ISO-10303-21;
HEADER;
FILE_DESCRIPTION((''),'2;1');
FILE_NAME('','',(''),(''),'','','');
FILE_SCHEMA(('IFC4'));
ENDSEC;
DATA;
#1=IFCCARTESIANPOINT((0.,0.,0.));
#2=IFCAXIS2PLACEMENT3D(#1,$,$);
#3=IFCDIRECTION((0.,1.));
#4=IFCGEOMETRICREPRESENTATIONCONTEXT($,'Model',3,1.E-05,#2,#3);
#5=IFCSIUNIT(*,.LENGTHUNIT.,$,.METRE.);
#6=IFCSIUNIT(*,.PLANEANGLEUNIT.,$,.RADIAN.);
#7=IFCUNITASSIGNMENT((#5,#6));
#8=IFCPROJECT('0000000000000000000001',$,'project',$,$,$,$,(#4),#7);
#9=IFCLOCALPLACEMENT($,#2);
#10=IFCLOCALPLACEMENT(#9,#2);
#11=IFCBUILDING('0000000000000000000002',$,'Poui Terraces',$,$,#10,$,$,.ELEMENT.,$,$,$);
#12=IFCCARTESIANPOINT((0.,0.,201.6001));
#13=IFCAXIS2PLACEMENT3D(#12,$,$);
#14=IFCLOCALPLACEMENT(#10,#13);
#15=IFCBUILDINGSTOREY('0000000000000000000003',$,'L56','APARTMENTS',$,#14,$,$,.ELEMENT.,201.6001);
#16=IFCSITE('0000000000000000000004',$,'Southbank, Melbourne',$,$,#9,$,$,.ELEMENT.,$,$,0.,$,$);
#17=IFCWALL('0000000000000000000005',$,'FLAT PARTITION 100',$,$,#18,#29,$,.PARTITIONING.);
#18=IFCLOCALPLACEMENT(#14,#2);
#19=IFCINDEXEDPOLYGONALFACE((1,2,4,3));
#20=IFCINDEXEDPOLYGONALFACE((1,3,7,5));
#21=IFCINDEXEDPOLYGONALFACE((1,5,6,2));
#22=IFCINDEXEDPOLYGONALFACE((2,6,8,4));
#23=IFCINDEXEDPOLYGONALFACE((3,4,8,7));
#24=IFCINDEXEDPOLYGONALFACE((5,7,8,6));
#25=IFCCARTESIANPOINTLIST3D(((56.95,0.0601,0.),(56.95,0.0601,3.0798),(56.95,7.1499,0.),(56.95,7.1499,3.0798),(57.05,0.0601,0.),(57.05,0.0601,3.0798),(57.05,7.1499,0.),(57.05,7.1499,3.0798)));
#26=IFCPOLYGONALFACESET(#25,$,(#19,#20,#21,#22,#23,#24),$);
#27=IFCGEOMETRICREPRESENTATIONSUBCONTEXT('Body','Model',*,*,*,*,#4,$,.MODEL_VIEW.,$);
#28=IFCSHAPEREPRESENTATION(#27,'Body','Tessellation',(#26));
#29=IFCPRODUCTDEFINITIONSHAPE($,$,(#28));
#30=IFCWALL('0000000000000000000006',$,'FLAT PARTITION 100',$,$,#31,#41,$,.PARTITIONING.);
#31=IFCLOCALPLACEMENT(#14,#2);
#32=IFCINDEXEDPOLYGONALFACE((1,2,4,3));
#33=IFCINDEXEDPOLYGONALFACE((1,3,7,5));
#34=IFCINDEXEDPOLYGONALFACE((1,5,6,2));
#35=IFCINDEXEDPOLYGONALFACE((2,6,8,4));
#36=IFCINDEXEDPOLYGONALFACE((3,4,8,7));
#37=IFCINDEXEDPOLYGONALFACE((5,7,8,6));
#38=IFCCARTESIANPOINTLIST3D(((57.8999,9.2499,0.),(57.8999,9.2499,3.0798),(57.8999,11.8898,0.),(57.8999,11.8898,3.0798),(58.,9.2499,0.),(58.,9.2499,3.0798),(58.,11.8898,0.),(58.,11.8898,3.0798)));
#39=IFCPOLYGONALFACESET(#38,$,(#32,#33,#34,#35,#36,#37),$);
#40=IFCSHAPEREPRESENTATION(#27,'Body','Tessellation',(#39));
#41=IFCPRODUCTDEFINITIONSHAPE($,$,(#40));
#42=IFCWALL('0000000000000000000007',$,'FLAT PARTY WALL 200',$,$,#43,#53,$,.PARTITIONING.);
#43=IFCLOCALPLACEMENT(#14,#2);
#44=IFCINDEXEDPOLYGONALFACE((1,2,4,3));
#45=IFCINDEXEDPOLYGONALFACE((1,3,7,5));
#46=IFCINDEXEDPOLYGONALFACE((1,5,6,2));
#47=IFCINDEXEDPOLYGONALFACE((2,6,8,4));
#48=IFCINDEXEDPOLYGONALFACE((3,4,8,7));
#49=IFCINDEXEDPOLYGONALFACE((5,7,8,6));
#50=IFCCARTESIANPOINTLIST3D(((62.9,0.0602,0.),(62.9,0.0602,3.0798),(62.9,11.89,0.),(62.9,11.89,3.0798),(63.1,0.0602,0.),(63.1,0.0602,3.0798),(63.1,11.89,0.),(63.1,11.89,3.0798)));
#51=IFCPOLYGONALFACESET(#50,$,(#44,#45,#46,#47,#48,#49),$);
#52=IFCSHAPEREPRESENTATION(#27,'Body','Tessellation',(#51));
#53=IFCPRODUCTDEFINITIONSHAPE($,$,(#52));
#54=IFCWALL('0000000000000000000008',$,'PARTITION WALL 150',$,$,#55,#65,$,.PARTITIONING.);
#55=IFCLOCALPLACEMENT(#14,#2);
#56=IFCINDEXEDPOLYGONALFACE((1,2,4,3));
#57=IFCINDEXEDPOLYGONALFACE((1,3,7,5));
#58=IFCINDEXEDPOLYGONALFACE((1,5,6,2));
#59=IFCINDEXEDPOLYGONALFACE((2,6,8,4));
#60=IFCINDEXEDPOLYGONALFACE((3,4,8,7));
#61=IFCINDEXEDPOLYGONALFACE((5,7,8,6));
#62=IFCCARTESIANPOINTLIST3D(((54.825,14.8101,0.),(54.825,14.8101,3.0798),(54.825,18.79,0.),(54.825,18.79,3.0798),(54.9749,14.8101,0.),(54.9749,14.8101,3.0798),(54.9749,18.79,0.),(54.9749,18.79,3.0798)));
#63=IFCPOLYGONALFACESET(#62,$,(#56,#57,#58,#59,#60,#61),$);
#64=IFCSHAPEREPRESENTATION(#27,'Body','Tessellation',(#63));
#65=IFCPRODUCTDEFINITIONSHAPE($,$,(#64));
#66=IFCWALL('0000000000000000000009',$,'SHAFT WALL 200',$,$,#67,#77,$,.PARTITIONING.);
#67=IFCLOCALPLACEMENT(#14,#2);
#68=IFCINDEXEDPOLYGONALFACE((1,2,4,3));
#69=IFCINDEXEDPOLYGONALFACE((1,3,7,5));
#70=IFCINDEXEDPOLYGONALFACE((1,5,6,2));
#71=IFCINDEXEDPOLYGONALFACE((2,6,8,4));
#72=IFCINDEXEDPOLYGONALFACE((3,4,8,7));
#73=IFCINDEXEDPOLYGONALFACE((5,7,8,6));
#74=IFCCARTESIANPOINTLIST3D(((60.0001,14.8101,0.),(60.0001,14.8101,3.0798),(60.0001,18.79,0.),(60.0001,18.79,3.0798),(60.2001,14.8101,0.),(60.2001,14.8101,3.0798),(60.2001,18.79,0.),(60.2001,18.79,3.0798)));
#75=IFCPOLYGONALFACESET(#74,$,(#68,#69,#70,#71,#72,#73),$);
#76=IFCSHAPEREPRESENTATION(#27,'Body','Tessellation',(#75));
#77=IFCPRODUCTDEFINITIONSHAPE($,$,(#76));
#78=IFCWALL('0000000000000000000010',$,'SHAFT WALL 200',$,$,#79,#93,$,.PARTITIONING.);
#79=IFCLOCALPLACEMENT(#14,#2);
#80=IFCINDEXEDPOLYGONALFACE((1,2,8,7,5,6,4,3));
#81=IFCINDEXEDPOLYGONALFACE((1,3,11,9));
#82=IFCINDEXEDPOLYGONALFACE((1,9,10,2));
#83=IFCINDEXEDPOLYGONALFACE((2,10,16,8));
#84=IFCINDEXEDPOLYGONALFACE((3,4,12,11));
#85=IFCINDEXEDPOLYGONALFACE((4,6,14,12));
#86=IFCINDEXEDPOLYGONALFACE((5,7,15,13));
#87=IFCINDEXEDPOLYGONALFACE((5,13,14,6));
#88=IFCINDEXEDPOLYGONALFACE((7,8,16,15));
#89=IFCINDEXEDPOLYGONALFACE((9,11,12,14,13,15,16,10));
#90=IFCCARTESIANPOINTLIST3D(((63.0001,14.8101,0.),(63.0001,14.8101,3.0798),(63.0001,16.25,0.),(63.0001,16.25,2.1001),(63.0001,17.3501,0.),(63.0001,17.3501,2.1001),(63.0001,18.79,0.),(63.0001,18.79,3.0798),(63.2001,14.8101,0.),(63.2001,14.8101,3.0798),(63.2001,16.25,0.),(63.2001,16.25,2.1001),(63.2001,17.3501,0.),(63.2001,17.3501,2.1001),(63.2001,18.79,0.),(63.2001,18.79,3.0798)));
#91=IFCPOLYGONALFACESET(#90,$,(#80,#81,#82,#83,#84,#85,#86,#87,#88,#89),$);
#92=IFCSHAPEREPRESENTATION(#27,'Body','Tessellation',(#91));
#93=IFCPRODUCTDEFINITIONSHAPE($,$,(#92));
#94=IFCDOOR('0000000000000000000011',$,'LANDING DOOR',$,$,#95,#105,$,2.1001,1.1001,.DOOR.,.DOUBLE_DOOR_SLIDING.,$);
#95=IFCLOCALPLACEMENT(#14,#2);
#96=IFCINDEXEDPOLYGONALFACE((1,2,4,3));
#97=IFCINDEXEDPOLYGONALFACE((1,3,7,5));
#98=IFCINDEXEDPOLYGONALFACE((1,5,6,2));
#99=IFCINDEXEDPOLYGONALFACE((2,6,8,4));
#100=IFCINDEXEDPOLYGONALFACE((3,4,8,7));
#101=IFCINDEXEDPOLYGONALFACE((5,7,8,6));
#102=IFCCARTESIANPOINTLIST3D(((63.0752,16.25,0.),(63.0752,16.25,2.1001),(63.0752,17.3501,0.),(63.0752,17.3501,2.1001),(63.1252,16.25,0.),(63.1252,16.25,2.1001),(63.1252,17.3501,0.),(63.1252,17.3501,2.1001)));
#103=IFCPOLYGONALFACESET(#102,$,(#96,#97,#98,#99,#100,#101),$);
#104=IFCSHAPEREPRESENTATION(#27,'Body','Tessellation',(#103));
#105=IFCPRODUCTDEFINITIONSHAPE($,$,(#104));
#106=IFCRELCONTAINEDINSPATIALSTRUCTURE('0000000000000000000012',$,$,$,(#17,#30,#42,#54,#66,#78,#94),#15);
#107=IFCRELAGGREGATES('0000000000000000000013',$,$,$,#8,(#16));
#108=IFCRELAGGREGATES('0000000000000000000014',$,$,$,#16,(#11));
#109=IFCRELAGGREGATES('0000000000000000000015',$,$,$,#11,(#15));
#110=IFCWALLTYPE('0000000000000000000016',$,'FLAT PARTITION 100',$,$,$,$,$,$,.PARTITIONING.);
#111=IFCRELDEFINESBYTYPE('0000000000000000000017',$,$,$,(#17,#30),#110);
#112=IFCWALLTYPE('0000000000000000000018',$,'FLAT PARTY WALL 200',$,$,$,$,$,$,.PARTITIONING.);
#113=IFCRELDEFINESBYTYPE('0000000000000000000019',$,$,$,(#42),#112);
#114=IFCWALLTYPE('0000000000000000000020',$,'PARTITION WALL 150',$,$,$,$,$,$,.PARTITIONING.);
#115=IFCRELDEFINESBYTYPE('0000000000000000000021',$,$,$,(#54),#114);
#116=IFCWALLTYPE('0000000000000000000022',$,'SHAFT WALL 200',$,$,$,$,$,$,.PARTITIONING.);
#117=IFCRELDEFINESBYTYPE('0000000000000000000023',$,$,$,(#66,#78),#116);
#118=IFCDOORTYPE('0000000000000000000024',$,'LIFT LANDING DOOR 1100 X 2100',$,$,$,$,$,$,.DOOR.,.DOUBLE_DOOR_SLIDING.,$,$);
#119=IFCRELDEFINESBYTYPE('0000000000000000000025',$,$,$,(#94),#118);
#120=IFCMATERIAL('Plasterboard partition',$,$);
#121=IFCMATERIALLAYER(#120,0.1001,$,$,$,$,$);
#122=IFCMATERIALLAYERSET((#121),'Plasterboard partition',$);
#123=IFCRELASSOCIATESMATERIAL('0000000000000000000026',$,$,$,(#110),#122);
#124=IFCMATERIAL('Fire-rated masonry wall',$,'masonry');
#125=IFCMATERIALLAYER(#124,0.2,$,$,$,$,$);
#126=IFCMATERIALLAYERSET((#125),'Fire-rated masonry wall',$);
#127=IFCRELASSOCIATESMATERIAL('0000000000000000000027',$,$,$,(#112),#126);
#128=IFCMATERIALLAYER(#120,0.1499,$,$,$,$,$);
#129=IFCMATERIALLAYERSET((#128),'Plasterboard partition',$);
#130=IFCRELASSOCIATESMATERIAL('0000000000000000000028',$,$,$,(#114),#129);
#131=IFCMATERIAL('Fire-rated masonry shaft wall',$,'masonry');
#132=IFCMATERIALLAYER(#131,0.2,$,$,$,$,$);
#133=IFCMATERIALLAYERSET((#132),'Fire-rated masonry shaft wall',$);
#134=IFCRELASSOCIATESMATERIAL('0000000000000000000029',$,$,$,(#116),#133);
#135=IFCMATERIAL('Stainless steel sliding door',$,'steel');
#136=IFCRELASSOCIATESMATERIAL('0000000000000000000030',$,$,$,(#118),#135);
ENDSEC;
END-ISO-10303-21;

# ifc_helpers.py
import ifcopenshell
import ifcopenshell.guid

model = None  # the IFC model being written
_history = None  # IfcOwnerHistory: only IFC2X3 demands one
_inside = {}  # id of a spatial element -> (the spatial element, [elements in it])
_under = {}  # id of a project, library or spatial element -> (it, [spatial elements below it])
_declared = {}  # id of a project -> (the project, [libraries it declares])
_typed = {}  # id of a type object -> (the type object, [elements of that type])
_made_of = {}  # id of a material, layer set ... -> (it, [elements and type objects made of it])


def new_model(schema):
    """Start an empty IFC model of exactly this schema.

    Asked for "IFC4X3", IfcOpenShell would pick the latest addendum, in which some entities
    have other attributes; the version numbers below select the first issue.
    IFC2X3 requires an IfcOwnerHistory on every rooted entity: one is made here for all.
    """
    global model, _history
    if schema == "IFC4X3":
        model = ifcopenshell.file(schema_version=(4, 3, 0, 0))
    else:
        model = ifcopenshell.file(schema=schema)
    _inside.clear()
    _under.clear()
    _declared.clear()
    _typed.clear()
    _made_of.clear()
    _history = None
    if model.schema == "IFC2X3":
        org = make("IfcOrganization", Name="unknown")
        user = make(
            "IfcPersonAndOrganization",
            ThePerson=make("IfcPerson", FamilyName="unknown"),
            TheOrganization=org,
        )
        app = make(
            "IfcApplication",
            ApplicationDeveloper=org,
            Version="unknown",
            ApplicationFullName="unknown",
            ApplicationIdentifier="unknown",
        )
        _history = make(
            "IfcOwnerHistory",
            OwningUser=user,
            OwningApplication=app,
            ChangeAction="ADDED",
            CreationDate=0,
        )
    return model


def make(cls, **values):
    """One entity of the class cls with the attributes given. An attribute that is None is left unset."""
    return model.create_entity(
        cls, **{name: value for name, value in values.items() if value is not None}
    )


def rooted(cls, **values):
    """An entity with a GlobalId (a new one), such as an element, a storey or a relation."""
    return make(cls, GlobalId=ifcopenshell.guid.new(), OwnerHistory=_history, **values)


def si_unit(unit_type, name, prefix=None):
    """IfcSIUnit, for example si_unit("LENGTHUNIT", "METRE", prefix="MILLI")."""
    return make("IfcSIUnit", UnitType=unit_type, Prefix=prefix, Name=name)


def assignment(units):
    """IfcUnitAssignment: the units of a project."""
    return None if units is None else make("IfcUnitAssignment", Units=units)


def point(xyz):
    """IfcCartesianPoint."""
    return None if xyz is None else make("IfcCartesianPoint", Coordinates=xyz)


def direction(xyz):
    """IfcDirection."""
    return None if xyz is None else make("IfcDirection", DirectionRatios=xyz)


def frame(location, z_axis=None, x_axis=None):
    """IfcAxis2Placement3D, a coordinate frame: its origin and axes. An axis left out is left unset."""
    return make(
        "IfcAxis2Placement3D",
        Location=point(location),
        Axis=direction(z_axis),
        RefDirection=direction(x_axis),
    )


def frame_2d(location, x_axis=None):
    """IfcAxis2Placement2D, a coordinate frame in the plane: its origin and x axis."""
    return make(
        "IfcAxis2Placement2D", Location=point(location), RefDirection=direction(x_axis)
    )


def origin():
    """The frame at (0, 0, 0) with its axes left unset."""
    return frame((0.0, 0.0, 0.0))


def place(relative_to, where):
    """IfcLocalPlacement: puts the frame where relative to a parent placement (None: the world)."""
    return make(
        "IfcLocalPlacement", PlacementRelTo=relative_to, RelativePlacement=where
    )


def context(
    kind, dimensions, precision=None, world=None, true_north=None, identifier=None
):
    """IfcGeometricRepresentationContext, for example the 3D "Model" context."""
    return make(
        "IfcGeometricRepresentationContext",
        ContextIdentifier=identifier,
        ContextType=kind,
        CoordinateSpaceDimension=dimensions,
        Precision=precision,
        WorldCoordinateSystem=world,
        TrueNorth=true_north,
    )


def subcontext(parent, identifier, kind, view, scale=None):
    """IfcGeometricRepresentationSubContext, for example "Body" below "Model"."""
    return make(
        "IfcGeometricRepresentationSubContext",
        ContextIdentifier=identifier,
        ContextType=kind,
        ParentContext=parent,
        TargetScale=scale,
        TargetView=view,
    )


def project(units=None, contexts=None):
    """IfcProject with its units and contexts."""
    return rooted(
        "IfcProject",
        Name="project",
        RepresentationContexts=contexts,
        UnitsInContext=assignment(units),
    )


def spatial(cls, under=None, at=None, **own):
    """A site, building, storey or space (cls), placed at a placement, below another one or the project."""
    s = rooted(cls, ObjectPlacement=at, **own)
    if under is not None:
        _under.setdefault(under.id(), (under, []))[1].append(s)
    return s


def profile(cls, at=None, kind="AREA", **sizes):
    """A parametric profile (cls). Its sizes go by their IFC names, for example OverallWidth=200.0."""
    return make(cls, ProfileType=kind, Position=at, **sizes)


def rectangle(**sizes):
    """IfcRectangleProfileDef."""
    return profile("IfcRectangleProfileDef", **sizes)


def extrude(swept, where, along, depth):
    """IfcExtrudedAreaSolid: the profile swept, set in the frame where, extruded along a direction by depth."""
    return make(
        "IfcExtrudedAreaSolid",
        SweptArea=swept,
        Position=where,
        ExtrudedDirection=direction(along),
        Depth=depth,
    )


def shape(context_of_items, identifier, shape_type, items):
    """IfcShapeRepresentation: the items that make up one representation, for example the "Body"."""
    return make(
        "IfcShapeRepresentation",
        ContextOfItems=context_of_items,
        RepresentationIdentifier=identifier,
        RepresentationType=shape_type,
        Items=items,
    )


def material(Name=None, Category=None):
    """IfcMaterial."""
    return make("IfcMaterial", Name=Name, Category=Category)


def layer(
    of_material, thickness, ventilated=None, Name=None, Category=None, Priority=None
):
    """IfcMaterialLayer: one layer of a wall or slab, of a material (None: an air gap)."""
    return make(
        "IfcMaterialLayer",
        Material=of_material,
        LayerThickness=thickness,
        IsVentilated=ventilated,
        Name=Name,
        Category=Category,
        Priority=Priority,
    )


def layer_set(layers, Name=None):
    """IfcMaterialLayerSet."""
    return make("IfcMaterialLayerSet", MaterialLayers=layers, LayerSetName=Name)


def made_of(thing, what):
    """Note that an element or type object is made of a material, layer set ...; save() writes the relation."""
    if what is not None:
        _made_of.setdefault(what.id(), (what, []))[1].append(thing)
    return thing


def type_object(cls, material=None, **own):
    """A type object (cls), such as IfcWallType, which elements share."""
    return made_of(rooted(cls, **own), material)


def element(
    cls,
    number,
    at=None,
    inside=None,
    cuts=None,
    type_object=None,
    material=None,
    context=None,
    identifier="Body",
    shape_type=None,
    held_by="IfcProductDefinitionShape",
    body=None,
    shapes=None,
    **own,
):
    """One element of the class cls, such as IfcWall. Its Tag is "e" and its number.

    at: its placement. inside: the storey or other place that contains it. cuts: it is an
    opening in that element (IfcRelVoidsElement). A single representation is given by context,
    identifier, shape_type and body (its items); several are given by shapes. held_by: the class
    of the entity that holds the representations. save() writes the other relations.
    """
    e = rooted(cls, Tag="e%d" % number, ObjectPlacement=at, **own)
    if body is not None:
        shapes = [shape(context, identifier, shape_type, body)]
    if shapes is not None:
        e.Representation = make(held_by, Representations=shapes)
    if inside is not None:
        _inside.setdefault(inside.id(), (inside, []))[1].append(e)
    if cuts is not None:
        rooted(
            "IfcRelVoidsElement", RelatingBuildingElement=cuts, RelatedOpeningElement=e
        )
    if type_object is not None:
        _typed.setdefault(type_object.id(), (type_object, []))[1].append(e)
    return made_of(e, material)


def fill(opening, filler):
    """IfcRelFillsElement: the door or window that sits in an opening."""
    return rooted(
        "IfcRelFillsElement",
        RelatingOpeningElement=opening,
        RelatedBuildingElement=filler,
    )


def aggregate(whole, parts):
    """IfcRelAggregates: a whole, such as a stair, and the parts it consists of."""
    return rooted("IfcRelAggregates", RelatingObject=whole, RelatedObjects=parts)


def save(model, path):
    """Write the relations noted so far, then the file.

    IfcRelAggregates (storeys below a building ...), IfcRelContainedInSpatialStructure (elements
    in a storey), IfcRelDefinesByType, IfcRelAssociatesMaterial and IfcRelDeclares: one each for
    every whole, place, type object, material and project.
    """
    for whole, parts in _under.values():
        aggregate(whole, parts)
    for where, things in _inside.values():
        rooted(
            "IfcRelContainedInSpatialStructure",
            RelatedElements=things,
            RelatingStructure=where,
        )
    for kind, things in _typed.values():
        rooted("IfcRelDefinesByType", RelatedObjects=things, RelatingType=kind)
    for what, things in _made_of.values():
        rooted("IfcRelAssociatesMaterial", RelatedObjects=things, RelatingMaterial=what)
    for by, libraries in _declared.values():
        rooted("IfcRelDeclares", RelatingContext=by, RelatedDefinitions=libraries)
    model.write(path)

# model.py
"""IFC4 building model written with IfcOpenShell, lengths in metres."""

from ifc_helpers import new_model, si_unit, direction, frame, frame_2d, origin, place, context, subcontext, project, spatial, rectangle, extrude, material, layer, layer_set, type_object, element, fill, save


model = new_model("IFC4")

# Units and contexts
model_context = context("Model", 3, precision=1e-05, world=origin(), true_north=direction((0.0, 1.0)))
body_context = subcontext(model_context, "Body", "Model", "MODEL_VIEW")
ifc_project = project(units=[si_unit("LENGTHUNIT", "METRE"), si_unit("PLANEANGLEUNIT", "RADIAN")], contexts=[model_context])

# Site, building, storey
site_placement = place(None, origin())
site = spatial("IfcSite", under=ifc_project, at=site_placement, Name="Southbank, Melbourne", CompositionType="ELEMENT", RefElevation=0.0)
building_placement = place(site_placement, origin())
building = spatial("IfcBuilding", under=site, at=building_placement, Name="Poui Terraces", CompositionType="ELEMENT")
storey_placement = place(building_placement, frame((0.0, 0.0, 201.6001)))
storey = spatial("IfcBuildingStorey", under=building, at=storey_placement, Name="L56", Description="APARTMENTS", CompositionType="ELEMENT", Elevation=201.6001)

# Shared definitions
ifc_material_1 = material(Name="Plasterboard partition")
ifc_layer_1 = layer(ifc_material_1, 0.1001)
ifc_layer_set_1 = layer_set([ifc_layer_1], Name="Plasterboard partition")
wall_type_1 = type_object("IfcWallType", Name="FLAT PARTITION 100", PredefinedType="PARTITIONING", material=ifc_layer_set_1)

# Walls
wall_1_placement = place(storey_placement, frame((57.0, 0.0601, 0.0), z_axis=(0.0, 0.0, 1.0), x_axis=(0.0, 1.0, 0.0)))
element("IfcWall", 1, at=wall_1_placement, inside=storey, type_object=wall_type_1, Name="FLAT PARTITION 100", PredefinedType="PARTITIONING", context=body_context, shape_type="SweptSolid", body=[
    extrude(rectangle(XDim=7.0898, YDim=0.1001, at=frame_2d((3.5449, 0.0))), origin(), (0.0, 0.0, 1.0), 3.0798),
])
wall_2_placement = place(storey_placement, frame((57.95, 9.25, 0.0), z_axis=(0.0, 0.0, 1.0), x_axis=(0.0, 1.0, 0.0)))
element("IfcWall", 2, at=wall_2_placement, inside=storey, type_object=wall_type_1, Name="FLAT PARTITION 100", PredefinedType="PARTITIONING", context=body_context, shape_type="SweptSolid", body=[
    extrude(rectangle(XDim=2.6399, YDim=0.1001, at=frame_2d((1.3198, 0.0))), origin(), (0.0, 0.0, 1.0), 3.0798),
])
ifc_material_2 = material(Name="Fire-rated masonry wall", Category="masonry")
ifc_layer_2 = layer(ifc_material_2, 0.2)
ifc_layer_set_2 = layer_set([ifc_layer_2], Name="Fire-rated masonry wall")
wall_type_2 = type_object("IfcWallType", Name="FLAT PARTY WALL 200", PredefinedType="PARTITIONING", material=ifc_layer_set_2)
wall_3_placement = place(storey_placement, frame((63.0, 0.0601, 0.0), z_axis=(0.0, 0.0, 1.0), x_axis=(0.0, 1.0, 0.0)))
element("IfcWall", 3, at=wall_3_placement, inside=storey, type_object=wall_type_2, Name="FLAT PARTY WALL 200", PredefinedType="PARTITIONING", context=body_context, shape_type="SweptSolid", body=[
    extrude(rectangle(XDim=11.8298, YDim=0.2, at=frame_2d((5.915, 0.0))), origin(), (0.0, 0.0, 1.0), 3.0798),
])
ifc_layer_3 = layer(ifc_material_1, 0.1499)
ifc_layer_set_3 = layer_set([ifc_layer_3], Name="Plasterboard partition")
wall_type_3 = type_object("IfcWallType", Name="PARTITION WALL 150", PredefinedType="PARTITIONING", material=ifc_layer_set_3)
wall_4_placement = place(storey_placement, frame((54.8999, 14.8101, 0.0), z_axis=(0.0, 0.0, 1.0), x_axis=(0.0, 1.0, 0.0)))
element("IfcWall", 4, at=wall_4_placement, inside=storey, type_object=wall_type_3, Name="PARTITION WALL 150", PredefinedType="PARTITIONING", context=body_context, shape_type="SweptSolid", body=[
    extrude(rectangle(XDim=3.98, YDim=0.1499, at=frame_2d((1.99, 0.0))), origin(), (0.0, 0.0, 1.0), 3.0798),
])
ifc_material_3 = material(Name="Fire-rated masonry shaft wall", Category="masonry")
ifc_layer_4 = layer(ifc_material_3, 0.2)
ifc_layer_set_4 = layer_set([ifc_layer_4], Name="Fire-rated masonry shaft wall")
wall_type_4 = type_object("IfcWallType", Name="SHAFT WALL 200", PredefinedType="PARTITIONING", material=ifc_layer_set_4)
wall_5_placement = place(storey_placement, frame((60.1001, 14.8101, 0.0), z_axis=(0.0, 0.0, 1.0), x_axis=(0.0, 1.0, 0.0)))
element("IfcWall", 5, at=wall_5_placement, inside=storey, type_object=wall_type_4, Name="SHAFT WALL 200", PredefinedType="PARTITIONING", context=body_context, shape_type="SweptSolid", body=[
    extrude(rectangle(XDim=3.98, YDim=0.2, at=frame_2d((1.99, 0.0))), origin(), (0.0, 0.0, 1.0), 3.0798),
])

# Wall, opening, door
wall_6_placement = place(storey_placement, frame((63.1001, 14.8101, 0.0), z_axis=(0.0, 0.0, 1.0), x_axis=(0.0, 1.0, 0.0)))
wall_6 = element("IfcWall", 6, at=wall_6_placement, inside=storey, type_object=wall_type_4, Name="SHAFT WALL 200", PredefinedType="PARTITIONING", context=body_context, shape_type="SweptSolid", body=[
    extrude(rectangle(XDim=3.98, YDim=0.2, at=frame_2d((1.99, 0.0))), origin(), (0.0, 0.0, 1.0), 3.0798),
])
opening_1_placement = place(wall_6_placement, frame((1.4399, 0.0, 0.0)))
opening_1 = element("IfcOpeningElement", 7, at=opening_1_placement, cuts=wall_6, PredefinedType="OPENING", context=body_context, shape_type="SweptSolid", body=[
    extrude(rectangle(XDim=1.1001, YDim=2.1001, at=frame_2d((0.55, 1.05))), frame((0.0, 0.1099, 0.0), z_axis=(0.0, -1.0, 0.0), x_axis=(1.0, 0.0, 0.0)), (0.0, 0.0, 1.0), 0.22),
])
ifc_material_4 = material(Name="Stainless steel sliding door", Category="steel")
door_type_1 = type_object("IfcDoorType", Name="LIFT LANDING DOOR 1100 X 2100", OperationType="DOUBLE_DOOR_SLIDING", PredefinedType="DOOR", material=ifc_material_4)
door_1_placement = place(opening_1_placement, origin())
door_1 = element("IfcDoor", 8, at=door_1_placement, inside=storey, type_object=door_type_1, Name="LANDING DOOR", OperationType="DOUBLE_DOOR_SLIDING", OverallHeight=2.1001, OverallWidth=1.1001, PredefinedType="DOOR", context=body_context, shape_type="SweptSolid", body=[
    extrude(rectangle(XDim=1.1001, YDim=2.1001, at=frame_2d((0.55, 1.05))), frame((0.0, 0.0249, 0.0), z_axis=(0.0, -1.0, 0.0), x_axis=(1.0, 0.0, 0.0)), (0.0, 0.0, 1.0), 0.05),
])
fill(opening_1, door_1)

save(model, "model.ifc")
